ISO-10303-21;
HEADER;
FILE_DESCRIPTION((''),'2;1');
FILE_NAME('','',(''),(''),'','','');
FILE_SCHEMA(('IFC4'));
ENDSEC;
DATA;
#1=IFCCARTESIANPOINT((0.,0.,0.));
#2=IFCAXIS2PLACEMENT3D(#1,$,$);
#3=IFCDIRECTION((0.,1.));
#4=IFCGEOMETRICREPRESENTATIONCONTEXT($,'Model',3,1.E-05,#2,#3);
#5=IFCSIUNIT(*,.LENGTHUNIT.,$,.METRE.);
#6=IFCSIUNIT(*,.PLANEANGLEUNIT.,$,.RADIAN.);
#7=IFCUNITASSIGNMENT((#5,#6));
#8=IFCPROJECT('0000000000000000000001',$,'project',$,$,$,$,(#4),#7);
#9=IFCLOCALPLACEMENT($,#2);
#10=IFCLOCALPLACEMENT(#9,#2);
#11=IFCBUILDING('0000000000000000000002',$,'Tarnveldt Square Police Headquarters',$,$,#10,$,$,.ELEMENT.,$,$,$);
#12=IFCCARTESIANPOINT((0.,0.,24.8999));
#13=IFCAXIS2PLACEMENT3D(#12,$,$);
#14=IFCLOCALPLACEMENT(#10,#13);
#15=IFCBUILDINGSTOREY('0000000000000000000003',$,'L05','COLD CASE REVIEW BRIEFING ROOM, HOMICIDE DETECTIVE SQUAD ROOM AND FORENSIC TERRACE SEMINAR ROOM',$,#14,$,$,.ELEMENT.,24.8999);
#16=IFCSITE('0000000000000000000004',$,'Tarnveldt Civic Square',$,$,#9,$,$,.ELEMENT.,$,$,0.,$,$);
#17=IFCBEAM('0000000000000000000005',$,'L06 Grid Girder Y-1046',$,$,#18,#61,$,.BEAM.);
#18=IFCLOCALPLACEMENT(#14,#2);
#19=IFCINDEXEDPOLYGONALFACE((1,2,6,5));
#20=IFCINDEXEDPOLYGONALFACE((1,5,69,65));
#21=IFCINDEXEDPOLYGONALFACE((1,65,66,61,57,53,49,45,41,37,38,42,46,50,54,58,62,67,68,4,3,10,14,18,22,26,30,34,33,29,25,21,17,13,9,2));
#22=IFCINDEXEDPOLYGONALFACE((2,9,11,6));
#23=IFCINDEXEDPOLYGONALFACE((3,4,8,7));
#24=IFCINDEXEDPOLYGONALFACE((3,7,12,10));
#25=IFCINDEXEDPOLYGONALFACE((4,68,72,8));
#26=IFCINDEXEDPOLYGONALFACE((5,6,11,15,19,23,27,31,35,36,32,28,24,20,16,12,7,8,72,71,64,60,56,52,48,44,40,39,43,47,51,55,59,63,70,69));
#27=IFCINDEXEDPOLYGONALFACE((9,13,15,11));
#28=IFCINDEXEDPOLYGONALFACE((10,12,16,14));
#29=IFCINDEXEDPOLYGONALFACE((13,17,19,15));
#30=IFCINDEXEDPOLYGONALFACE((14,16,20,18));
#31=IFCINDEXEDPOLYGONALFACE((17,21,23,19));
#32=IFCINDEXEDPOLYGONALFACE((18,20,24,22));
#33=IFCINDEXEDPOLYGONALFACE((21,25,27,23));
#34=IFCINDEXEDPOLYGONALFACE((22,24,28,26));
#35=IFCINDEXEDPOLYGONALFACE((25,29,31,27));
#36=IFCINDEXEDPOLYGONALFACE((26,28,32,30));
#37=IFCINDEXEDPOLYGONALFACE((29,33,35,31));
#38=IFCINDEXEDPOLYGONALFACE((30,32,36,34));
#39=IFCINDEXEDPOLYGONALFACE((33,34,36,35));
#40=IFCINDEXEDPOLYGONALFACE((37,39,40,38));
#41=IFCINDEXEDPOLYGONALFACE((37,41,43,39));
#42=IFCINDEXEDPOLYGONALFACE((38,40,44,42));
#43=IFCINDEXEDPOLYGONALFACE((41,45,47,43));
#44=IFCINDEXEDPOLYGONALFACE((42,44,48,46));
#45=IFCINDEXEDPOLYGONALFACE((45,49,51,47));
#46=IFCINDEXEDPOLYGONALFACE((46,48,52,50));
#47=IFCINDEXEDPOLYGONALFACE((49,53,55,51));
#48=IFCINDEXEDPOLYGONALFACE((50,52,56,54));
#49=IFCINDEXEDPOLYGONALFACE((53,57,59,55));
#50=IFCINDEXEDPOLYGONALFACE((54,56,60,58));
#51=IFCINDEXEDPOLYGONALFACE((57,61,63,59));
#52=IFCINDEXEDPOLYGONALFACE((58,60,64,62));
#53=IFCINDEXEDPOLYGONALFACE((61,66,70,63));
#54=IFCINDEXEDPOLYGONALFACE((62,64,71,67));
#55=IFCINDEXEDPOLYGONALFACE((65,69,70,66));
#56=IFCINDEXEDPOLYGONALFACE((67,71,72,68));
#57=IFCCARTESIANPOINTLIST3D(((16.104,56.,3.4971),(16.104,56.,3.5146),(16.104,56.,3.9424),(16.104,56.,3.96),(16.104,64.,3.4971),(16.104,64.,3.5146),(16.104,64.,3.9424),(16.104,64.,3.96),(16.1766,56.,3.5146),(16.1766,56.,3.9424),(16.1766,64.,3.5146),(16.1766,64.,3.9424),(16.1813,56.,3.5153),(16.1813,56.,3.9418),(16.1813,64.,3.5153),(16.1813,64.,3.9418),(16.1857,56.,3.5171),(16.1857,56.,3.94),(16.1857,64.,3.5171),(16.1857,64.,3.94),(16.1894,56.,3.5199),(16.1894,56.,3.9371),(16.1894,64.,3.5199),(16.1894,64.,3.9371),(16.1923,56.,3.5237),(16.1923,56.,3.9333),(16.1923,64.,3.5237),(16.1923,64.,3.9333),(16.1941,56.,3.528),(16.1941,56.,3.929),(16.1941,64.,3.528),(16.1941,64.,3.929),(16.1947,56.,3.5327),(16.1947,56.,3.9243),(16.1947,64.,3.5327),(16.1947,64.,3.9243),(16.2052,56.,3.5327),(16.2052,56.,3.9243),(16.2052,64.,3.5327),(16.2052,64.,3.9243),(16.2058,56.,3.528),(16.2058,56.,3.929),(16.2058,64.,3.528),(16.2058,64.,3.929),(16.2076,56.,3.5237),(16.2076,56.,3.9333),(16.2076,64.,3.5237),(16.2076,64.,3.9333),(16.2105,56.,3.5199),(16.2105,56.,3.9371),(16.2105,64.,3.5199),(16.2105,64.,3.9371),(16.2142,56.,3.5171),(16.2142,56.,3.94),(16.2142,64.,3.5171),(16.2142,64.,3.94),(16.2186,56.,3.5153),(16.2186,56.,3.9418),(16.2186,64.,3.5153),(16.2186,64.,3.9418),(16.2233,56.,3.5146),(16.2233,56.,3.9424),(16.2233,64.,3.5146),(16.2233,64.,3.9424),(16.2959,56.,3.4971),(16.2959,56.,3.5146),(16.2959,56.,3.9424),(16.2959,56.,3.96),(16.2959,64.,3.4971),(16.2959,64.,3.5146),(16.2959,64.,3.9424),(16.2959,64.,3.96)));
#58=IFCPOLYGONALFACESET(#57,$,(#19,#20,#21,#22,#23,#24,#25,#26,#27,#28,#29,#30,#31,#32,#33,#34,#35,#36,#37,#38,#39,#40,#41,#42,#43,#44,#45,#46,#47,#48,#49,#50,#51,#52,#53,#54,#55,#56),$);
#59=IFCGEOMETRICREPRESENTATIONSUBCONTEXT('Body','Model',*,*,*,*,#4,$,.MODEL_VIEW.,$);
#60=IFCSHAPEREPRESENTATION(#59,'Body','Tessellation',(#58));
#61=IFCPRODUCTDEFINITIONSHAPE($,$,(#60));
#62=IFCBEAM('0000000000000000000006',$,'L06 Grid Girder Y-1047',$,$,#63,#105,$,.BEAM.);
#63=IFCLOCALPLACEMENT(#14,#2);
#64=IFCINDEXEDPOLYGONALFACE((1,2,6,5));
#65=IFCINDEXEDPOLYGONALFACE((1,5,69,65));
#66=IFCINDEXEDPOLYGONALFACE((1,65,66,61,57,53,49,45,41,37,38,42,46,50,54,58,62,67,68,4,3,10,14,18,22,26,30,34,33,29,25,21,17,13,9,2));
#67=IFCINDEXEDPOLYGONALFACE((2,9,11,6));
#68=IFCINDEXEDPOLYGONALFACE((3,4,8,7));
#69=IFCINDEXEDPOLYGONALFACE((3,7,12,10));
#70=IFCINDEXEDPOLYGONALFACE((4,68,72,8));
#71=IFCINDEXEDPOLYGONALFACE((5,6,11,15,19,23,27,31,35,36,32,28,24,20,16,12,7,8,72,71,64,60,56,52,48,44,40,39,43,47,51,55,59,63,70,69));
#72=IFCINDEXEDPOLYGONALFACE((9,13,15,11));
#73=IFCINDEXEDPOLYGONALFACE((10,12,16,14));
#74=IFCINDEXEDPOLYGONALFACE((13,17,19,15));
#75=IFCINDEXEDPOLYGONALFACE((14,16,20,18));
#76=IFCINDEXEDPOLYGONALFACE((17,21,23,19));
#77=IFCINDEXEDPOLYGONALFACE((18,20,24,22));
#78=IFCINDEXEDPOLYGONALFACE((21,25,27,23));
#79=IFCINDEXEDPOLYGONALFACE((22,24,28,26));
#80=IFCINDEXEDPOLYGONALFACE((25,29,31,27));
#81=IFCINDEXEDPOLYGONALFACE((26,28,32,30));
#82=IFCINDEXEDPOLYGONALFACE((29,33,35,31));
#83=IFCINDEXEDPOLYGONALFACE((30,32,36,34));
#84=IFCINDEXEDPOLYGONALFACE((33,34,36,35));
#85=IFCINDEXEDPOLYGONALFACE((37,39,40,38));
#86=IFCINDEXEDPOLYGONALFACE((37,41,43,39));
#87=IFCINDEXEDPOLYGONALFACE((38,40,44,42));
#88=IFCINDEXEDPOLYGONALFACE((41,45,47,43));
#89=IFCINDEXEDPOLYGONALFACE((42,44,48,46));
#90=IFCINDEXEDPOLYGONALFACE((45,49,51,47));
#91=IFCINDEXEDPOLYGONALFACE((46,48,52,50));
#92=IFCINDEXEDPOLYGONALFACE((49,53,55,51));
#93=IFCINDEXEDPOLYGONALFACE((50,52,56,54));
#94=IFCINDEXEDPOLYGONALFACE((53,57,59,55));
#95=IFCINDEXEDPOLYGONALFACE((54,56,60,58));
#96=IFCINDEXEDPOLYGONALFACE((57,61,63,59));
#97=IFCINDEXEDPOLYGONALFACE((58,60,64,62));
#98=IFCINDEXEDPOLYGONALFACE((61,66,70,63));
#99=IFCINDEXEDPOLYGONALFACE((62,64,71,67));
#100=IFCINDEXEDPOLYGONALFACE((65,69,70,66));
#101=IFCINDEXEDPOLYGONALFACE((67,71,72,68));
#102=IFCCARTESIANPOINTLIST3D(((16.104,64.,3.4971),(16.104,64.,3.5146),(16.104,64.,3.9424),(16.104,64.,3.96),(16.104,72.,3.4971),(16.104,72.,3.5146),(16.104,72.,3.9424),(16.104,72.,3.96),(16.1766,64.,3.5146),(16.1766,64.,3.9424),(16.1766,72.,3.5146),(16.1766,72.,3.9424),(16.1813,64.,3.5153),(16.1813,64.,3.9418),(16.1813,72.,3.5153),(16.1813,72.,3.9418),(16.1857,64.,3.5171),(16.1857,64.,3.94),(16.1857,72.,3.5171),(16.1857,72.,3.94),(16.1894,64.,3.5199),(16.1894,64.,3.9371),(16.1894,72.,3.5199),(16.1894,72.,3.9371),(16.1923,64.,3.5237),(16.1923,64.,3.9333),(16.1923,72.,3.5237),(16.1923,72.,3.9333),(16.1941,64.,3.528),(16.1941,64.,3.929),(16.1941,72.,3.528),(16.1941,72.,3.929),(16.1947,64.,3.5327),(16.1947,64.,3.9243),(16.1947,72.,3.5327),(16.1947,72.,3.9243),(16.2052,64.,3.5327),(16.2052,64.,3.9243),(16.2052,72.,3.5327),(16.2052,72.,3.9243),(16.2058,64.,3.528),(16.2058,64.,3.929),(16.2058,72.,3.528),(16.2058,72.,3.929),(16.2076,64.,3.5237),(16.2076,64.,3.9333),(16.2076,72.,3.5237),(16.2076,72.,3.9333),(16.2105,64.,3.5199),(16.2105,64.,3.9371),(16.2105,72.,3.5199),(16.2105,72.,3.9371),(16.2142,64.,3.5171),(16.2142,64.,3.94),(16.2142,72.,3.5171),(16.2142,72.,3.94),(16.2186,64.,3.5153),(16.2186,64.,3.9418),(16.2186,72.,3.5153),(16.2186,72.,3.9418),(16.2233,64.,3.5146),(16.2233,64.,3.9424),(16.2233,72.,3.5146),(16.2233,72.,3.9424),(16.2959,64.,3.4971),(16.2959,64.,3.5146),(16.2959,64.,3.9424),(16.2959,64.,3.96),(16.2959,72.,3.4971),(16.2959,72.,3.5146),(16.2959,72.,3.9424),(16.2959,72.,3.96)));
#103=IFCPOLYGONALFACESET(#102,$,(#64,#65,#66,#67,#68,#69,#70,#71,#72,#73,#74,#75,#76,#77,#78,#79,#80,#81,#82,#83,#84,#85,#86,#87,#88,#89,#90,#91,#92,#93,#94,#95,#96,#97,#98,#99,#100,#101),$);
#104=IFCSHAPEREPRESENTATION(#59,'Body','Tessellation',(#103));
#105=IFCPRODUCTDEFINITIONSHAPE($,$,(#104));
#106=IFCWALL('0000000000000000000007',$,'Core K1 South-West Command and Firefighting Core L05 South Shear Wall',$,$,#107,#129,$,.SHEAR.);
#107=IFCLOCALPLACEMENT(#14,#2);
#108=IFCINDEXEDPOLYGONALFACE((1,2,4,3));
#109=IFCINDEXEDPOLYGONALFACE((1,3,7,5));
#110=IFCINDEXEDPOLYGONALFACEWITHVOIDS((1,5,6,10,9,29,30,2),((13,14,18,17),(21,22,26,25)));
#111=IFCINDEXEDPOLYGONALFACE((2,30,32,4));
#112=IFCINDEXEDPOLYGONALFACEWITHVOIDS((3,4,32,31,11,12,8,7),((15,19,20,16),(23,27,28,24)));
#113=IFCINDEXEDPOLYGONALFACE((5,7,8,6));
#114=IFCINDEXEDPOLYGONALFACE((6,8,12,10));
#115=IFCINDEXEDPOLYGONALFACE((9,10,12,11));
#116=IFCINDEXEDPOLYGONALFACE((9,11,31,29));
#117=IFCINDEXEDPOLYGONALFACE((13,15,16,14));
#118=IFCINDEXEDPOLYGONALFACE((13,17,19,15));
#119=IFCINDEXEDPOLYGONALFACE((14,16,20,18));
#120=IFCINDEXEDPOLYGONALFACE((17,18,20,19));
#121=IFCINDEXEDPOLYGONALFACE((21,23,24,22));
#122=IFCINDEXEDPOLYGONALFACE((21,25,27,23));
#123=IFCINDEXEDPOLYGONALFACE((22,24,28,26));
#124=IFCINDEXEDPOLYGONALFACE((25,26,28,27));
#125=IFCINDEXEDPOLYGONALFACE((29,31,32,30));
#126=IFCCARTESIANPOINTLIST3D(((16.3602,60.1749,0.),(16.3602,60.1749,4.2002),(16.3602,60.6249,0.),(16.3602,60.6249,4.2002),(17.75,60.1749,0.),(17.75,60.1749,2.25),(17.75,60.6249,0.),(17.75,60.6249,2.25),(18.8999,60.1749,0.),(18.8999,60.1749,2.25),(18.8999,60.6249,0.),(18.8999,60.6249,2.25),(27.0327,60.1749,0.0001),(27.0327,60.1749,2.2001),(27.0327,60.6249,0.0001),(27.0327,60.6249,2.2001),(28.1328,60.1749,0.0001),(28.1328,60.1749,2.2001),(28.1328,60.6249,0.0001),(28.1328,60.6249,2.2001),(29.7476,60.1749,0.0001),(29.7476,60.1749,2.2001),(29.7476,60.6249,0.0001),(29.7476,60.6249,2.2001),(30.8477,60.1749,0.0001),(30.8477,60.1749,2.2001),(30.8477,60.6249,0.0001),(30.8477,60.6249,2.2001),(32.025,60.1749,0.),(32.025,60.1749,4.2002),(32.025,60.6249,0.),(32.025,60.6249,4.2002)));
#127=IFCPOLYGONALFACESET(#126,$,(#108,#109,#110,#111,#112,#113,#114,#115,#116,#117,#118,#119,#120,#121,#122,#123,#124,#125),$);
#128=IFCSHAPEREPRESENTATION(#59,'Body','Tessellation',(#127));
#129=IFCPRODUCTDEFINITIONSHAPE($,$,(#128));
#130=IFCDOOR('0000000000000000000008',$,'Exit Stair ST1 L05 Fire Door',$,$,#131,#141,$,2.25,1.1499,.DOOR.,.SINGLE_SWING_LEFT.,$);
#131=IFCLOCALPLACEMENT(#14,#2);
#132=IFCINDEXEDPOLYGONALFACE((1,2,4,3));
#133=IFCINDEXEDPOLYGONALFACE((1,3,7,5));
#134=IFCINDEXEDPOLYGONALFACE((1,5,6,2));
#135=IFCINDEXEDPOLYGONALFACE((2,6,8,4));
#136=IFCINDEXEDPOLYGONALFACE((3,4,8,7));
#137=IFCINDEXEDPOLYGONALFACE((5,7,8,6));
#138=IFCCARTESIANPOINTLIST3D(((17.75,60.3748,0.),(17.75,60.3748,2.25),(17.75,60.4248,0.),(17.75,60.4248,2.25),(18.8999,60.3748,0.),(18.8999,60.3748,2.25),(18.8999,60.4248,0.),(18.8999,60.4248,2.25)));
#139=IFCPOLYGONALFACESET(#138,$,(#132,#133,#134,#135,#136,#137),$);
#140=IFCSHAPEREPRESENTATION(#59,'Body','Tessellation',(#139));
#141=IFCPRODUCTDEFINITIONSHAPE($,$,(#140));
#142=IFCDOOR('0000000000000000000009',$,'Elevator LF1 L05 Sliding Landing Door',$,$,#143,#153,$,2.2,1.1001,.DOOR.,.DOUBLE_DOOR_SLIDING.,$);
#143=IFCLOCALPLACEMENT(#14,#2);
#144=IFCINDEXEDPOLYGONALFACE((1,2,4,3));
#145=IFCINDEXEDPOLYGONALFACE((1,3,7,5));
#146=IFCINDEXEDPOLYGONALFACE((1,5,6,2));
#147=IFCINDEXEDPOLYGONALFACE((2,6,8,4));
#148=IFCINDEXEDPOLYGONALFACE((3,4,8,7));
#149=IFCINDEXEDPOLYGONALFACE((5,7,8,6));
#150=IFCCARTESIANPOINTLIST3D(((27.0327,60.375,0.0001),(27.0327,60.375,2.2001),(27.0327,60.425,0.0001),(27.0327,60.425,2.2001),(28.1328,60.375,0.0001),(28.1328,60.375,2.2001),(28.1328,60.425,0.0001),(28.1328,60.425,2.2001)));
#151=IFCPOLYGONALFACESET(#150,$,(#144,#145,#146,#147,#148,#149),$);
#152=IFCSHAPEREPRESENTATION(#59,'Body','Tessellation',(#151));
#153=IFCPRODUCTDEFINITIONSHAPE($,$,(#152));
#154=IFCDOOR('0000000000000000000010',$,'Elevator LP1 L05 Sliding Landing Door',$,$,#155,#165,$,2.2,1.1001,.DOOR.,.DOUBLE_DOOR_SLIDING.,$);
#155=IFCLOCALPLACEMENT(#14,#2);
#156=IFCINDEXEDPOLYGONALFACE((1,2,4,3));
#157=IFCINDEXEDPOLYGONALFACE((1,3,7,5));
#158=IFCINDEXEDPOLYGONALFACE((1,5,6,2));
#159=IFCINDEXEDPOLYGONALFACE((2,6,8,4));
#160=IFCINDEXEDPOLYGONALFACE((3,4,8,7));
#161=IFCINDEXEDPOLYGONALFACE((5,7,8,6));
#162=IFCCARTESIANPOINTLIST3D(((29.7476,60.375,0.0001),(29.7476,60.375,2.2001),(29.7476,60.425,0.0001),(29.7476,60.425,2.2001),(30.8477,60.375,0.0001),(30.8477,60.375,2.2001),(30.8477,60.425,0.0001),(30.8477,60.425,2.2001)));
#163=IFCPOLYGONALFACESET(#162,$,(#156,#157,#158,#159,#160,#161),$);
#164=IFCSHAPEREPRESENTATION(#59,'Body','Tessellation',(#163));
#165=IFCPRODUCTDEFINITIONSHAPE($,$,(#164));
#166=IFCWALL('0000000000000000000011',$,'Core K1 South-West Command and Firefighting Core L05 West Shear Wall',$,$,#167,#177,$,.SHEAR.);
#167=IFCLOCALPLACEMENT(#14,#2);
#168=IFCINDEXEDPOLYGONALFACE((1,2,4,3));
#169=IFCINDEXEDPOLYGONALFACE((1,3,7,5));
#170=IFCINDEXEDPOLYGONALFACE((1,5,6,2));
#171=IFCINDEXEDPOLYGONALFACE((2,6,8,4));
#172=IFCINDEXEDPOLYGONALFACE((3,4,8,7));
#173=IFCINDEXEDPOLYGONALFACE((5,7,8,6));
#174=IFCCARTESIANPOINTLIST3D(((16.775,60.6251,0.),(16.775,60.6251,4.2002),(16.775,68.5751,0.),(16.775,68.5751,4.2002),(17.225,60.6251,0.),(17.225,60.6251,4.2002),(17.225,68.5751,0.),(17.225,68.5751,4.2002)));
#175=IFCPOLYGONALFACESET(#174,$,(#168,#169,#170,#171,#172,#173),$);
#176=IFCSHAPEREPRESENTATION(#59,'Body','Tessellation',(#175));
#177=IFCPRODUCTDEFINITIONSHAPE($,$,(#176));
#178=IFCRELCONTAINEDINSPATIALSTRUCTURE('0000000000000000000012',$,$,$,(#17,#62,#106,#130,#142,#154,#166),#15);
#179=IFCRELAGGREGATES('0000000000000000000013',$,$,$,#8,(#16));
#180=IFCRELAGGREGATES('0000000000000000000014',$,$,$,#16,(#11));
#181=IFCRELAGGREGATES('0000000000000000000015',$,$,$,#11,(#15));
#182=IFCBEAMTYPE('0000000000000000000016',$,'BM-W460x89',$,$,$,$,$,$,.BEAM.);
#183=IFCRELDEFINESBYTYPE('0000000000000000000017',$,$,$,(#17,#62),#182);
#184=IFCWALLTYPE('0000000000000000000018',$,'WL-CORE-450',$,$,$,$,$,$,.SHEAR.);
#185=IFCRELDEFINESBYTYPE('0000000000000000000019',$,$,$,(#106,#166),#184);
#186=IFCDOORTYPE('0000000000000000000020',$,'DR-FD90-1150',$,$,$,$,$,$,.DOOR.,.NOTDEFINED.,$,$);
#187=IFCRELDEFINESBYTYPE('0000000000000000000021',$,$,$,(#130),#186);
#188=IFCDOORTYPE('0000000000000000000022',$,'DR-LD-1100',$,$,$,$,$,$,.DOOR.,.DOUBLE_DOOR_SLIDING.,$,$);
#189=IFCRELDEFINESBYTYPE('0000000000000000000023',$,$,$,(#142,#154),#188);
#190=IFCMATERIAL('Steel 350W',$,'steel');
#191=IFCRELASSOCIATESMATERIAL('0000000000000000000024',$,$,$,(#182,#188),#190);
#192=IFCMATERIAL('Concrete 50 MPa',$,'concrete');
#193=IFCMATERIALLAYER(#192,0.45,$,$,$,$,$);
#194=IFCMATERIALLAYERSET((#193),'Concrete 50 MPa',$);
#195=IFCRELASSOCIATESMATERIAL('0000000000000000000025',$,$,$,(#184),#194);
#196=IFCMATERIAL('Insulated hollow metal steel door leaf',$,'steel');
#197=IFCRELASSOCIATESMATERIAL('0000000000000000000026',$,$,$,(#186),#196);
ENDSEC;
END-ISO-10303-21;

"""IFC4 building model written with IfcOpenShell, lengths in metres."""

from ifc_helpers import new_model, si_unit, direction, frame, frame_2d, origin, origin_2d, place, context, subcontext, project, spatial, rectangle, i_section, extrude, material, layer, layer_set, material_profile, profile_set, type_object, element, fill, save


model = new_model("IFC4")

# Units and contexts
model_context = context("Model", 3, precision=1e-05, world=origin(), true_north=direction((0.0, 1.0)))
body_context = subcontext(model_context, "Body", "Model", "MODEL_VIEW")
ifc_project = project(units=[si_unit("LENGTHUNIT", "METRE"), si_unit("PLANEANGLEUNIT", "RADIAN")], contexts=[model_context])

# Site, building, storey
site_placement = place(None, origin())
site = spatial("IfcSite", under=ifc_project, at=site_placement, Name="Tarnveldt Civic Square", CompositionType="ELEMENT", RefElevation=0.0)
building_placement = place(site_placement, origin())
building = spatial("IfcBuilding", under=site, at=building_placement, Name="Tarnveldt Square Police Headquarters", CompositionType="ELEMENT")
storey_placement = place(building_placement, frame((0.0, 0.0, 24.8999)))
storey = spatial("IfcBuildingStorey", under=building, at=storey_placement, Name="L05", Description="COLD CASE REVIEW BRIEFING ROOM, HOMICIDE DETECTIVE SQUAD ROOM AND FORENSIC TERRACE SEMINAR ROOM", CompositionType="ELEMENT", Elevation=24.8999)

# Shared definitions
ifc_material_1 = material(Name="Steel 350W", Category="steel")

# Beams
ifc_material_profile_1 = material_profile(ifc_material_1, i_section(OverallWidth=0.1919, OverallDepth=0.4629, WebThickness=0.0105, FlangeThickness=0.0176, FilletRadius=0.0181, at=origin_2d()), Name="W460x89")
ifc_profile_set_1 = profile_set([ifc_material_profile_1], Name="Steel 350W")
beam_type_1 = type_object("IfcBeamType", Name="BM-W460x89", PredefinedType="BEAM", material=ifc_profile_set_1)
for number, where, z_axis, x_axis, name in (
    (1, (16.2, 56.0, 3.7285), (0.0, 1.0, 0.0), (-1.0, 0.0, 0.0), "L06 Grid Girder Y-1046"),
    (2, (16.2, 64.0, 3.7285), (0.0, 1.0, 0.0), (-1.0, 0.0, 0.0), "L06 Grid Girder Y-1047"),
):
    element("IfcBeam", number, at=place(storey_placement, frame(where, z_axis=z_axis, x_axis=x_axis)), inside=storey, type_object=beam_type_1, Name=name, PredefinedType="BEAM", context=body_context, shape_type="SweptSolid", body=[
        extrude(i_section(OverallWidth=0.1919, OverallDepth=0.4629, WebThickness=0.0105, FlangeThickness=0.0176, FilletRadius=0.0181, at=origin_2d()), origin(), (0.0, 0.0, 1.0), 8.0),
    ])

# Wall, openings, doors
ifc_material_2 = material(Name="Concrete 50 MPa", Category="concrete")
ifc_layer_1 = layer(ifc_material_2, 0.45)
ifc_layer_set_1 = layer_set([ifc_layer_1], Name="Concrete 50 MPa")
wall_type_1 = type_object("IfcWallType", Name="WL-CORE-450", PredefinedType="SHEAR", material=ifc_layer_set_1)
wall_1_placement = place(storey_placement, frame((16.3601, 60.3999, 0.0), z_axis=(0.0, 0.0, 1.0), x_axis=(1.0, 0.0, 0.0)))
wall_1 = element("IfcWall", 3, at=wall_1_placement, inside=storey, type_object=wall_type_1, Name="Core K1 South-West Command and Firefighting Core L05 South Shear Wall", PredefinedType="SHEAR", context=body_context, shape_type="SweptSolid", body=[
    extrude(rectangle(XDim=15.6648, YDim=0.45, at=frame_2d((7.8325, 0.0))), origin(), (0.0, 0.0, 1.0), 4.2002),
])
opening_1_placement = place(wall_1_placement, frame((1.3899, 0.0, 0.0)))
opening_1 = element("IfcOpeningElement", 4, at=opening_1_placement, cuts=wall_1, PredefinedType="OPENING", context=body_context, shape_type="SweptSolid", body=[
    extrude(rectangle(XDim=1.1499, YDim=2.25, at=frame_2d((0.575, 1.125))), frame((0.0, 0.2349, 0.0), z_axis=(0.0, -1.0, 0.0), x_axis=(1.0, 0.0, 0.0)), (0.0, 0.0, 1.0), 0.47),
])
opening_2_placement = place(wall_1_placement, frame((10.6726, 0.0, 0.0)))
opening_2 = element("IfcOpeningElement", 5, at=opening_2_placement, cuts=wall_1, PredefinedType="OPENING", context=body_context, shape_type="SweptSolid", body=[
    extrude(rectangle(XDim=1.1001, YDim=2.2, at=frame_2d((0.55, 1.1001))), frame((0.0, 0.2349, 0.0), z_axis=(0.0, -1.0, 0.0), x_axis=(1.0, 0.0, 0.0)), (0.0, 0.0, 1.0), 0.47),
])
opening_3_placement = place(wall_1_placement, frame((13.3875, 0.0, 0.0)))
opening_3 = element("IfcOpeningElement", 6, at=opening_3_placement, cuts=wall_1, PredefinedType="OPENING", context=body_context, shape_type="SweptSolid", body=[
    extrude(rectangle(XDim=1.1001, YDim=2.2, at=frame_2d((0.55, 1.1001))), frame((0.0, 0.2349, 0.0), z_axis=(0.0, -1.0, 0.0), x_axis=(1.0, 0.0, 0.0)), (0.0, 0.0, 1.0), 0.47),
])
ifc_material_3 = material(Name="Insulated hollow metal steel door leaf", Category="steel")
door_type_1 = type_object("IfcDoorType", Name="DR-FD90-1150", OperationType="NOTDEFINED", PredefinedType="DOOR", material=ifc_material_3)
door_1_placement = place(opening_1_placement, origin())
door_1 = element("IfcDoor", 7, at=door_1_placement, inside=storey, type_object=door_type_1, Name="Exit Stair ST1 L05 Fire Door", OperationType="SINGLE_SWING_LEFT", OverallHeight=2.25, OverallWidth=1.1499, PredefinedType="DOOR", context=body_context, shape_type="SweptSolid", body=[
    extrude(rectangle(XDim=1.1499, YDim=2.25, at=frame_2d((0.575, 1.125))), frame((0.0, 0.0249, 0.0), z_axis=(0.0, -1.0, 0.0), x_axis=(1.0, 0.0, 0.0)), (0.0, 0.0, 1.0), 0.05),
])
fill(opening_1, door_1)
door_type_2 = type_object("IfcDoorType", Name="DR-LD-1100", OperationType="DOUBLE_DOOR_SLIDING", PredefinedType="DOOR", material=ifc_material_1)
door_2_placement = place(opening_2_placement, frame((1.1001, 0.0, 0.0), z_axis=(0.0, 0.0, 1.0), x_axis=(-1.0, 0.0, 0.0)))
door_2 = element("IfcDoor", 8, at=door_2_placement, inside=storey, type_object=door_type_2, Name="Elevator LF1 L05 Sliding Landing Door", OperationType="DOUBLE_DOOR_SLIDING", OverallHeight=2.2, OverallWidth=1.1001, PredefinedType="DOOR", context=body_context, shape_type="SweptSolid", body=[
    extrude(rectangle(XDim=1.1001, YDim=2.2, at=frame_2d((0.55, 1.1001))), frame((0.0, 0.0249, 0.0), z_axis=(0.0, -1.0, 0.0), x_axis=(1.0, 0.0, 0.0)), (0.0, 0.0, 1.0), 0.05),
])
fill(opening_2, door_2)
door_3_placement = place(opening_3_placement, frame((1.1001, 0.0, 0.0), z_axis=(0.0, 0.0, 1.0), x_axis=(-1.0, 0.0, 0.0)))
door_3 = element("IfcDoor", 9, at=door_3_placement, inside=storey, type_object=door_type_2, Name="Elevator LP1 L05 Sliding Landing Door", OperationType="DOUBLE_DOOR_SLIDING", OverallHeight=2.2, OverallWidth=1.1001, PredefinedType="DOOR", context=body_context, shape_type="SweptSolid", body=[
    extrude(rectangle(XDim=1.1001, YDim=2.2, at=frame_2d((0.55, 1.1001))), frame((0.0, 0.0249, 0.0), z_axis=(0.0, -1.0, 0.0), x_axis=(1.0, 0.0, 0.0)), (0.0, 0.0, 1.0), 0.05),
])
fill(opening_3, door_3)

# Wall
wall_2_placement = place(storey_placement, frame((17.0, 60.625, 0.0), z_axis=(0.0, 0.0, 1.0), x_axis=(0.0, 1.0, 0.0)))
element("IfcWall", 10, at=wall_2_placement, inside=storey, type_object=wall_type_1, Name="Core K1 South-West Command and Firefighting Core L05 West Shear Wall", PredefinedType="SHEAR", context=body_context, shape_type="SweptSolid", body=[
    extrude(rectangle(XDim=7.95, YDim=0.45, at=frame_2d((3.9751, 0.0))), origin(), (0.0, 0.0, 1.0), 4.2002),
])

save(model, "model.ifc")
